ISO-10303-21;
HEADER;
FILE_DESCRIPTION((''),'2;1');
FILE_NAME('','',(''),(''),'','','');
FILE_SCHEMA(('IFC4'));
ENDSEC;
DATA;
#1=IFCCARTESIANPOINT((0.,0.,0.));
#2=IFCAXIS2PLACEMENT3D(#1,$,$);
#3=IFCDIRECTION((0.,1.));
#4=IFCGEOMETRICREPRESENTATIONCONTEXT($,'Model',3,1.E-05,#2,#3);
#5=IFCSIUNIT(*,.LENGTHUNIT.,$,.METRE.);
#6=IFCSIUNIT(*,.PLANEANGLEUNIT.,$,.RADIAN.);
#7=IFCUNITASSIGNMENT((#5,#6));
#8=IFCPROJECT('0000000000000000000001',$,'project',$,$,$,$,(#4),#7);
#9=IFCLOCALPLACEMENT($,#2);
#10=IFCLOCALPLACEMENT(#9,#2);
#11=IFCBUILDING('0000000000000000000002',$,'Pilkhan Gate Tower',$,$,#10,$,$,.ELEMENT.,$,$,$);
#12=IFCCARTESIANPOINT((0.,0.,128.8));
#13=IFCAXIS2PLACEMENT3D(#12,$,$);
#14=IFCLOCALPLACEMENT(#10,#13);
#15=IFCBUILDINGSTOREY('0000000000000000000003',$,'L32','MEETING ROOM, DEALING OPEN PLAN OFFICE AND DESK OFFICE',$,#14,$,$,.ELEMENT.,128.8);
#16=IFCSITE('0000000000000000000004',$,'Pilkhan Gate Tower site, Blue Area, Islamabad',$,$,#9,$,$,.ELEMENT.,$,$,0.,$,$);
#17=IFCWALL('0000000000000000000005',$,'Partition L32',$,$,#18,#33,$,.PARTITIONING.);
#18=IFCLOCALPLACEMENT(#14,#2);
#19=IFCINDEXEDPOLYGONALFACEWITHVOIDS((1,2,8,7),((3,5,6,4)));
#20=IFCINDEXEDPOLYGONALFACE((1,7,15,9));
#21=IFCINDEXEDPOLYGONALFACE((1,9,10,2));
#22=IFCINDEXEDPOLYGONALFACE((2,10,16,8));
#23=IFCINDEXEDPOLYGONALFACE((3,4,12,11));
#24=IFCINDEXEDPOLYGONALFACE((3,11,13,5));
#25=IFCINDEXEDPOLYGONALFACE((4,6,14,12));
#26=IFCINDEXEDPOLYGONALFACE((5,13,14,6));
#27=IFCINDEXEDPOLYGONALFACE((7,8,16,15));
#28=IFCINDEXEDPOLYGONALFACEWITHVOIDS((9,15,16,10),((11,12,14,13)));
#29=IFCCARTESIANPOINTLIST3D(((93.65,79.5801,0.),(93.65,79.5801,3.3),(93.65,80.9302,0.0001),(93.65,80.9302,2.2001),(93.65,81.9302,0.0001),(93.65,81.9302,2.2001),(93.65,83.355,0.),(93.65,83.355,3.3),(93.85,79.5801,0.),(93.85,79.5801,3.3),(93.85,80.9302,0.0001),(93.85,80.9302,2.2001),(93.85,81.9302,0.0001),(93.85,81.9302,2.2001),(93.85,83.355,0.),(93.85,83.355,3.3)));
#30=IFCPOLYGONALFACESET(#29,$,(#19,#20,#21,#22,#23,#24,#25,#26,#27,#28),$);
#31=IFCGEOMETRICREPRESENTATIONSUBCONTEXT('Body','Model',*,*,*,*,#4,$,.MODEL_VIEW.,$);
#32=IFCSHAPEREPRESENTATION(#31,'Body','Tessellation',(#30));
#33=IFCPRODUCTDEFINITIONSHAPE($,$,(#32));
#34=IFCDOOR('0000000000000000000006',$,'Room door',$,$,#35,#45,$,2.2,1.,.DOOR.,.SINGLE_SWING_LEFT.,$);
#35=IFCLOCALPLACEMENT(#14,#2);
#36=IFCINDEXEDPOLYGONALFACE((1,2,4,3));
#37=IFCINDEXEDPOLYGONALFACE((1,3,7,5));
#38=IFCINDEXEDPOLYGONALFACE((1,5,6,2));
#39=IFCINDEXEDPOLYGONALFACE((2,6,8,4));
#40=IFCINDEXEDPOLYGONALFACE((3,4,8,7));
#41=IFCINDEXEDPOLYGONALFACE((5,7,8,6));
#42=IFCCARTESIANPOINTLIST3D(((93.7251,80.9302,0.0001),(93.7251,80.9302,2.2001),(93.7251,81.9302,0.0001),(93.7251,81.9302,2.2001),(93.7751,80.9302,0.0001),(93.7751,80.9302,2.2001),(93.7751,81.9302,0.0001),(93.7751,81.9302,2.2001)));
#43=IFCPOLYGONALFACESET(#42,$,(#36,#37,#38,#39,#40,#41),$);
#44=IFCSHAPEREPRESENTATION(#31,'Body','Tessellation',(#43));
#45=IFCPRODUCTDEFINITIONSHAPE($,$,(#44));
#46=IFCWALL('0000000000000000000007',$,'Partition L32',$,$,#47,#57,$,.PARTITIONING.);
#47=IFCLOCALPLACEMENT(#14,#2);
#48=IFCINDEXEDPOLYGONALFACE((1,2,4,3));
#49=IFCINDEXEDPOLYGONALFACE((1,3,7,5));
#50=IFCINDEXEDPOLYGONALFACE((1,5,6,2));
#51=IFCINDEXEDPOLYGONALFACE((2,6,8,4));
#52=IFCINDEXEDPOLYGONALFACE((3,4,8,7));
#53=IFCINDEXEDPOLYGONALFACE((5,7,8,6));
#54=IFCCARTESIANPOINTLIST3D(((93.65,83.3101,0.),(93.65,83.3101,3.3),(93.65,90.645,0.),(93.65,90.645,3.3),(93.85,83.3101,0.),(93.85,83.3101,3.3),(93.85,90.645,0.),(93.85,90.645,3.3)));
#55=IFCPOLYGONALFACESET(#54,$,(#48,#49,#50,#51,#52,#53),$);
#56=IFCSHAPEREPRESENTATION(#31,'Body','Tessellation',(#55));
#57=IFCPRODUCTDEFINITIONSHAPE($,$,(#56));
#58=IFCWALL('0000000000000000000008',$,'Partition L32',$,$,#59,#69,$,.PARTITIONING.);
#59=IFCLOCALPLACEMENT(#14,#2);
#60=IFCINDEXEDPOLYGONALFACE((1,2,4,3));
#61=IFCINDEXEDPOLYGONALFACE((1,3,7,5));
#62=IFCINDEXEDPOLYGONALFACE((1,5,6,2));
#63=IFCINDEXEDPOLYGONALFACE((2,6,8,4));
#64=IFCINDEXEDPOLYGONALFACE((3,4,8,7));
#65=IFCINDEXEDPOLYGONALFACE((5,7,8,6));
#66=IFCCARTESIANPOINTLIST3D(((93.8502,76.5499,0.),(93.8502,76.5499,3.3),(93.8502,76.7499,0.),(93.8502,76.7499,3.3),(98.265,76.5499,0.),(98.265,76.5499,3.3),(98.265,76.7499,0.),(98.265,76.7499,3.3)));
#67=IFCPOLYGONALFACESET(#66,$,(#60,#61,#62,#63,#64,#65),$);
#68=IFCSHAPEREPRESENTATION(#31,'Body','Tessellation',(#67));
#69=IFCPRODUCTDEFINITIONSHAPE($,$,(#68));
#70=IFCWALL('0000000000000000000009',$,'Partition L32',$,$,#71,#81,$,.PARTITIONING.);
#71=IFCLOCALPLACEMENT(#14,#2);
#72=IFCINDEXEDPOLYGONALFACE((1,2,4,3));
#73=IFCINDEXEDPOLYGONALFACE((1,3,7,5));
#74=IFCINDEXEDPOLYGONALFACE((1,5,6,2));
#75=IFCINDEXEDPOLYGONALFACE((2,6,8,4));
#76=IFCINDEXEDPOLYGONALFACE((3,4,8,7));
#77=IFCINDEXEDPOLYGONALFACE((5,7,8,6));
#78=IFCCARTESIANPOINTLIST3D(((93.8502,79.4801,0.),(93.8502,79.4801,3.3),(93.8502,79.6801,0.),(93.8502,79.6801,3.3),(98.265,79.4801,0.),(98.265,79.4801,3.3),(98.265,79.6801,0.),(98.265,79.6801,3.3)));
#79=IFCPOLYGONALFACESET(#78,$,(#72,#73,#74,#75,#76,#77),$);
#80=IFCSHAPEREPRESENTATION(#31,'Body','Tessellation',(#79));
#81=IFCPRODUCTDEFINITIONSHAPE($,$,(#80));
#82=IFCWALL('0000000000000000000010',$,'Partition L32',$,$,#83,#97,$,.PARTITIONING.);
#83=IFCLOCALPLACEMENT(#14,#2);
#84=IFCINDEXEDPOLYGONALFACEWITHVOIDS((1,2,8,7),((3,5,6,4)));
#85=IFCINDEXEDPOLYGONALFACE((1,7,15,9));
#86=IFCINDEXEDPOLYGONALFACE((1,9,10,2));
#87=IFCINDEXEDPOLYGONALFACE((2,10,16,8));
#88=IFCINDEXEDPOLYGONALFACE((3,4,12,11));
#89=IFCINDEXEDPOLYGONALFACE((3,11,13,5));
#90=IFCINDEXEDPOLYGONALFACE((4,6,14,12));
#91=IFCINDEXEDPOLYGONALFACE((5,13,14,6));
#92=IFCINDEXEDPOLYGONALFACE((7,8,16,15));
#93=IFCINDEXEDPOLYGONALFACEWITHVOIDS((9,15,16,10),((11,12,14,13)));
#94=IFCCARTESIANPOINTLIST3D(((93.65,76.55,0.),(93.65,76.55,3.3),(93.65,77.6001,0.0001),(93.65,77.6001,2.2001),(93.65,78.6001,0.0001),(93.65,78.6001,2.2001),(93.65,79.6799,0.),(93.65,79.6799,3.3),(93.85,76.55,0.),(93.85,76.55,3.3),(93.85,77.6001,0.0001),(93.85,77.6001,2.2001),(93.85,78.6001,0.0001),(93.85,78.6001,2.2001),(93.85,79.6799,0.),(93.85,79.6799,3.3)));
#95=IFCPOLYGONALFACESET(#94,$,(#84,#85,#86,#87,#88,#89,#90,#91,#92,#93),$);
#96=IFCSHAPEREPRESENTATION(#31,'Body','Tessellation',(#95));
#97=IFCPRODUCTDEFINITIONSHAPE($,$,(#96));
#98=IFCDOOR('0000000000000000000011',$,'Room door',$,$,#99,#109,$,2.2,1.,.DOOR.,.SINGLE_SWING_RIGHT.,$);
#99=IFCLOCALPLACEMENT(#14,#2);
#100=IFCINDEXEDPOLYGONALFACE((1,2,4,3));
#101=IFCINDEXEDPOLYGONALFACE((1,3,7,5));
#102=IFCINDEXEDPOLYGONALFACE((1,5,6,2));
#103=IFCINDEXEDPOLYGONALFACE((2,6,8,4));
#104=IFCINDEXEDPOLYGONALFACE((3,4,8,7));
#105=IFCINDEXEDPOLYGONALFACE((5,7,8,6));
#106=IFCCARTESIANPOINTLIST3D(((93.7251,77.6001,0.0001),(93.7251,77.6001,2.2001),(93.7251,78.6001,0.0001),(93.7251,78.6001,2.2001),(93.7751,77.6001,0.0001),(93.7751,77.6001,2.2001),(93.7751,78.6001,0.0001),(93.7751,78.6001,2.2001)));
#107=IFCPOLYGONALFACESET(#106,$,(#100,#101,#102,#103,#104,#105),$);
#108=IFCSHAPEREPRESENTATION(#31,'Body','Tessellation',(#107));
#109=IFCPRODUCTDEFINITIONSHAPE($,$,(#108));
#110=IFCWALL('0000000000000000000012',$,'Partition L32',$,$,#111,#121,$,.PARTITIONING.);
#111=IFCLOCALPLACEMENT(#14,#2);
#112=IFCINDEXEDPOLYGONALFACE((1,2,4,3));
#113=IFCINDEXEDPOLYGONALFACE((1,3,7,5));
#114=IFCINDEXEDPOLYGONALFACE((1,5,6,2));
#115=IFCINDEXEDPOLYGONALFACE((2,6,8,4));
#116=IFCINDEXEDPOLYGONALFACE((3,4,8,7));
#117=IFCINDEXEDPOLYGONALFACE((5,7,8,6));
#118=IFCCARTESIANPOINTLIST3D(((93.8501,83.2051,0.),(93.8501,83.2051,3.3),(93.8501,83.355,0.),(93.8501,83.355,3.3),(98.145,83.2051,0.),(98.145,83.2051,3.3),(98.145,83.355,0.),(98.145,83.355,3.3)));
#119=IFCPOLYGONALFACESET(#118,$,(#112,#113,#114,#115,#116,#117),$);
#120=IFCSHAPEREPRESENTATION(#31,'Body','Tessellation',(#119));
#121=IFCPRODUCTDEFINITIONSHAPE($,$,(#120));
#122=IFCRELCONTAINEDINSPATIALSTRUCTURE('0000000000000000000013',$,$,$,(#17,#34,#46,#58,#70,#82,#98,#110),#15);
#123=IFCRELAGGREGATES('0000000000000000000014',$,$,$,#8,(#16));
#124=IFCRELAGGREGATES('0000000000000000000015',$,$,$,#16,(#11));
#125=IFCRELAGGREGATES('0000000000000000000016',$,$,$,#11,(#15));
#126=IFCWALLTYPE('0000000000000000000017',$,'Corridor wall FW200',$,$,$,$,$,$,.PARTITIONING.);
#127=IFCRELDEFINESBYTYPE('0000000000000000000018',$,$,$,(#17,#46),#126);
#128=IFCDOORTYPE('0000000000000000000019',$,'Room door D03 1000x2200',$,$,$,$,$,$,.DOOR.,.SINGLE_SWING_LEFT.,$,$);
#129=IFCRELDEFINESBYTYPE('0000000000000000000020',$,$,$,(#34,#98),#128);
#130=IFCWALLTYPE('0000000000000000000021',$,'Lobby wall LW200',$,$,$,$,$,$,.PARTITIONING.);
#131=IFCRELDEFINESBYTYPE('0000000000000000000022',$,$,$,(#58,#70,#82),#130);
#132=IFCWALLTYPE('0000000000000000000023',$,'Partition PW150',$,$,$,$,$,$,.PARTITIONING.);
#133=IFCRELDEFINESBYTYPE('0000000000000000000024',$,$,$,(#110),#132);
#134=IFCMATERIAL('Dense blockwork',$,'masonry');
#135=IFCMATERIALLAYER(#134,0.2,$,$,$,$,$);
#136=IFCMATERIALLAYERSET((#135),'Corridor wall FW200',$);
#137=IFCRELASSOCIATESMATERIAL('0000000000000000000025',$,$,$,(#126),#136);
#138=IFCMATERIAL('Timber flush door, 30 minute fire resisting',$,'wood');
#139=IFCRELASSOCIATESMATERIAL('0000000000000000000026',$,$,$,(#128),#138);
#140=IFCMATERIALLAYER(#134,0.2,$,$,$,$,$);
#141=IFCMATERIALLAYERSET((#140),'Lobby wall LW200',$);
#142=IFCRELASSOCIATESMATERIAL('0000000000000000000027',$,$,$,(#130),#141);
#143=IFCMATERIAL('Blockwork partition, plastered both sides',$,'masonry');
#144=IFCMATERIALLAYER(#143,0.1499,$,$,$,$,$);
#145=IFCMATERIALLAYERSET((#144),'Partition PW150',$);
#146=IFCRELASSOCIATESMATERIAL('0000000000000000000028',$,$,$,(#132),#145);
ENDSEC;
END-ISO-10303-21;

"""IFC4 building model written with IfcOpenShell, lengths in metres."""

from ifc_helpers import new_model, si_unit, direction, frame, frame_2d, origin, place, context, subcontext, project, spatial, rectangle, extrude, material, layer, layer_set, type_object, element, fill, save


model = new_model("IFC4")

# Units and contexts
model_context = context("Model", 3, precision=1e-05, world=origin(), true_north=direction((0.0, 1.0)))
body_context = subcontext(model_context, "Body", "Model", "MODEL_VIEW")
ifc_project = project(units=[si_unit("LENGTHUNIT", "METRE"), si_unit("PLANEANGLEUNIT", "RADIAN")], contexts=[model_context])

# Site, building, storey
site_placement = place(None, origin())
site = spatial("IfcSite", under=ifc_project, at=site_placement, Name="Pilkhan Gate Tower site, Blue Area, Islamabad", CompositionType="ELEMENT", RefElevation=0.0)
building_placement = place(site_placement, origin())
building = spatial("IfcBuilding", under=site, at=building_placement, Name="Pilkhan Gate Tower", CompositionType="ELEMENT")
storey_placement = place(building_placement, frame((0.0, 0.0, 128.8)))
storey = spatial("IfcBuildingStorey", under=building, at=storey_placement, Name="L32", Description="MEETING ROOM, DEALING OPEN PLAN OFFICE AND DESK OFFICE", CompositionType="ELEMENT", Elevation=128.8)

# Shared definitions
ifc_material_1 = material(Name="Dense blockwork", Category="masonry")
ifc_layer_1 = layer(ifc_material_1, 0.2)
ifc_layer_set_1 = layer_set([ifc_layer_1], Name="Corridor wall FW200")
wall_type_1 = type_object("IfcWallType", Name="Corridor wall FW200", PredefinedType="PARTITIONING", material=ifc_layer_set_1)

# Wall, opening, door
wall_1_placement = place(storey_placement, frame((93.75, 79.5801, 0.0), z_axis=(0.0, 0.0, 1.0), x_axis=(0.0, 1.0, 0.0)))
wall_1 = element("IfcWall", 1, at=wall_1_placement, inside=storey, type_object=wall_type_1, Name="Partition L32", PredefinedType="PARTITIONING", context=body_context, shape_type="SweptSolid", body=[
    extrude(rectangle(XDim=3.7749, YDim=0.2, at=frame_2d((1.8875, 0.0))), origin(), (0.0, 0.0, 1.0), 3.3),
])
opening_1_placement = place(wall_1_placement, frame((1.3501, 0.0, 0.0)))
opening_1 = element("IfcOpeningElement", 2, at=opening_1_placement, cuts=wall_1, PredefinedType="OPENING", context=body_context, shape_type="SweptSolid", body=[
    extrude(rectangle(XDim=1.0, YDim=2.2, at=frame_2d((0.5, 1.1001))), frame((0.0, 0.1099, 0.0), z_axis=(0.0, -1.0, 0.0), x_axis=(1.0, 0.0, 0.0)), (0.0, 0.0, 1.0), 0.22),
])
ifc_material_2 = material(Name="Timber flush door, 30 minute fire resisting", Category="wood")
door_type = type_object("IfcDoorType", Name="Room door D03 1000x2200", OperationType="SINGLE_SWING_LEFT", PredefinedType="DOOR", material=ifc_material_2)
door_1_placement = place(opening_1_placement, origin())
door_1 = element("IfcDoor", 3, at=door_1_placement, inside=storey, type_object=door_type, Name="Room door", OperationType="SINGLE_SWING_LEFT", OverallHeight=2.2, OverallWidth=1.0, PredefinedType="DOOR", context=body_context, shape_type="SweptSolid", body=[
    extrude(rectangle(XDim=1.0, YDim=2.2, at=frame_2d((0.5, 1.1001))), frame((0.0, 0.0249, 0.0), z_axis=(0.0, -1.0, 0.0), x_axis=(1.0, 0.0, 0.0)), (0.0, 0.0, 1.0), 0.05),
])
fill(opening_1, door_1)

# Walls
wall_2_placement = place(storey_placement, frame((93.75, 83.3101, 0.0), z_axis=(0.0, 0.0, 1.0), x_axis=(0.0, 1.0, 0.0)))
element("IfcWall", 4, at=wall_2_placement, inside=storey, type_object=wall_type_1, Name="Partition L32", PredefinedType="PARTITIONING", context=body_context, shape_type="SweptSolid", body=[
    extrude(rectangle(XDim=7.335, YDim=0.2, at=frame_2d((3.6675, 0.0))), origin(), (0.0, 0.0, 1.0), 3.3),
])
ifc_layer_2 = layer(ifc_material_1, 0.2)
ifc_layer_set_2 = layer_set([ifc_layer_2], Name="Lobby wall LW200")
wall_type_2 = type_object("IfcWallType", Name="Lobby wall LW200", PredefinedType="PARTITIONING", material=ifc_layer_set_2)
for number, where, z_axis, x_axis, name in (
    (5, (93.8501, 76.6499, 0.0), (0.0, 0.0, 1.0), (1.0, 0.0, 0.0), "Partition L32"),
    (6, (93.8501, 79.5801, 0.0), (0.0, 0.0, 1.0), (1.0, 0.0, 0.0), "Partition L32"),
):
    element("IfcWall", number, at=place(storey_placement, frame(where, z_axis=z_axis, x_axis=x_axis)), inside=storey, type_object=wall_type_2, Name=name, PredefinedType="PARTITIONING", context=body_context, shape_type="SweptSolid", body=[
        extrude(rectangle(XDim=4.4148, YDim=0.2, at=frame_2d((2.2075, 0.0))), origin(), (0.0, 0.0, 1.0), 3.3),
    ])

# Wall, opening, door
wall_3_placement = place(storey_placement, frame((93.75, 76.55, 0.0), z_axis=(0.0, 0.0, 1.0), x_axis=(0.0, 1.0, 0.0)))
wall_3 = element("IfcWall", 7, at=wall_3_placement, inside=storey, type_object=wall_type_2, Name="Partition L32", PredefinedType="PARTITIONING", context=body_context, shape_type="SweptSolid", body=[
    extrude(rectangle(XDim=3.1299, YDim=0.2, at=frame_2d((1.5649, 0.0))), origin(), (0.0, 0.0, 1.0), 3.3),
])
opening_2_placement = place(wall_3_placement, frame((1.05, 0.0, 0.0)))
opening_2 = element("IfcOpeningElement", 8, at=opening_2_placement, cuts=wall_3, PredefinedType="OPENING", context=body_context, shape_type="SweptSolid", body=[
    extrude(rectangle(XDim=1.0, YDim=2.2, at=frame_2d((0.5, 1.1001))), frame((0.0, 0.1099, 0.0), z_axis=(0.0, -1.0, 0.0), x_axis=(1.0, 0.0, 0.0)), (0.0, 0.0, 1.0), 0.22),
])
door_2_placement = place(opening_2_placement, origin())
door_2 = element("IfcDoor", 9, at=door_2_placement, inside=storey, type_object=door_type, Name="Room door", OperationType="SINGLE_SWING_RIGHT", OverallHeight=2.2, OverallWidth=1.0, PredefinedType="DOOR", context=body_context, shape_type="SweptSolid", body=[
    extrude(rectangle(XDim=1.0, YDim=2.2, at=frame_2d((0.5, 1.1001))), frame((0.0, 0.0249, 0.0), z_axis=(0.0, -1.0, 0.0), x_axis=(1.0, 0.0, 0.0)), (0.0, 0.0, 1.0), 0.05),
])
fill(opening_2, door_2)

# Wall
ifc_material_3 = material(Name="Blockwork partition, plastered both sides", Category="masonry")
ifc_layer_3 = layer(ifc_material_3, 0.1499)
ifc_layer_set_3 = layer_set([ifc_layer_3], Name="Partition PW150")
wall_type_3 = type_object("IfcWallType", Name="Partition PW150", PredefinedType="PARTITIONING", material=ifc_layer_set_3)
wall_4_placement = place(storey_placement, frame((93.8501, 83.28, 0.0), z_axis=(0.0, 0.0, 1.0), x_axis=(1.0, 0.0, 0.0)))
element("IfcWall", 10, at=wall_4_placement, inside=storey, type_object=wall_type_3, Name="Partition L32", PredefinedType="PARTITIONING", context=body_context, shape_type="SweptSolid", body=[
    extrude(rectangle(XDim=4.2949, YDim=0.1499, at=frame_2d((2.1475, 0.0))), origin(), (0.0, 0.0, 1.0), 3.3),
])

save(model, "model.ifc")
